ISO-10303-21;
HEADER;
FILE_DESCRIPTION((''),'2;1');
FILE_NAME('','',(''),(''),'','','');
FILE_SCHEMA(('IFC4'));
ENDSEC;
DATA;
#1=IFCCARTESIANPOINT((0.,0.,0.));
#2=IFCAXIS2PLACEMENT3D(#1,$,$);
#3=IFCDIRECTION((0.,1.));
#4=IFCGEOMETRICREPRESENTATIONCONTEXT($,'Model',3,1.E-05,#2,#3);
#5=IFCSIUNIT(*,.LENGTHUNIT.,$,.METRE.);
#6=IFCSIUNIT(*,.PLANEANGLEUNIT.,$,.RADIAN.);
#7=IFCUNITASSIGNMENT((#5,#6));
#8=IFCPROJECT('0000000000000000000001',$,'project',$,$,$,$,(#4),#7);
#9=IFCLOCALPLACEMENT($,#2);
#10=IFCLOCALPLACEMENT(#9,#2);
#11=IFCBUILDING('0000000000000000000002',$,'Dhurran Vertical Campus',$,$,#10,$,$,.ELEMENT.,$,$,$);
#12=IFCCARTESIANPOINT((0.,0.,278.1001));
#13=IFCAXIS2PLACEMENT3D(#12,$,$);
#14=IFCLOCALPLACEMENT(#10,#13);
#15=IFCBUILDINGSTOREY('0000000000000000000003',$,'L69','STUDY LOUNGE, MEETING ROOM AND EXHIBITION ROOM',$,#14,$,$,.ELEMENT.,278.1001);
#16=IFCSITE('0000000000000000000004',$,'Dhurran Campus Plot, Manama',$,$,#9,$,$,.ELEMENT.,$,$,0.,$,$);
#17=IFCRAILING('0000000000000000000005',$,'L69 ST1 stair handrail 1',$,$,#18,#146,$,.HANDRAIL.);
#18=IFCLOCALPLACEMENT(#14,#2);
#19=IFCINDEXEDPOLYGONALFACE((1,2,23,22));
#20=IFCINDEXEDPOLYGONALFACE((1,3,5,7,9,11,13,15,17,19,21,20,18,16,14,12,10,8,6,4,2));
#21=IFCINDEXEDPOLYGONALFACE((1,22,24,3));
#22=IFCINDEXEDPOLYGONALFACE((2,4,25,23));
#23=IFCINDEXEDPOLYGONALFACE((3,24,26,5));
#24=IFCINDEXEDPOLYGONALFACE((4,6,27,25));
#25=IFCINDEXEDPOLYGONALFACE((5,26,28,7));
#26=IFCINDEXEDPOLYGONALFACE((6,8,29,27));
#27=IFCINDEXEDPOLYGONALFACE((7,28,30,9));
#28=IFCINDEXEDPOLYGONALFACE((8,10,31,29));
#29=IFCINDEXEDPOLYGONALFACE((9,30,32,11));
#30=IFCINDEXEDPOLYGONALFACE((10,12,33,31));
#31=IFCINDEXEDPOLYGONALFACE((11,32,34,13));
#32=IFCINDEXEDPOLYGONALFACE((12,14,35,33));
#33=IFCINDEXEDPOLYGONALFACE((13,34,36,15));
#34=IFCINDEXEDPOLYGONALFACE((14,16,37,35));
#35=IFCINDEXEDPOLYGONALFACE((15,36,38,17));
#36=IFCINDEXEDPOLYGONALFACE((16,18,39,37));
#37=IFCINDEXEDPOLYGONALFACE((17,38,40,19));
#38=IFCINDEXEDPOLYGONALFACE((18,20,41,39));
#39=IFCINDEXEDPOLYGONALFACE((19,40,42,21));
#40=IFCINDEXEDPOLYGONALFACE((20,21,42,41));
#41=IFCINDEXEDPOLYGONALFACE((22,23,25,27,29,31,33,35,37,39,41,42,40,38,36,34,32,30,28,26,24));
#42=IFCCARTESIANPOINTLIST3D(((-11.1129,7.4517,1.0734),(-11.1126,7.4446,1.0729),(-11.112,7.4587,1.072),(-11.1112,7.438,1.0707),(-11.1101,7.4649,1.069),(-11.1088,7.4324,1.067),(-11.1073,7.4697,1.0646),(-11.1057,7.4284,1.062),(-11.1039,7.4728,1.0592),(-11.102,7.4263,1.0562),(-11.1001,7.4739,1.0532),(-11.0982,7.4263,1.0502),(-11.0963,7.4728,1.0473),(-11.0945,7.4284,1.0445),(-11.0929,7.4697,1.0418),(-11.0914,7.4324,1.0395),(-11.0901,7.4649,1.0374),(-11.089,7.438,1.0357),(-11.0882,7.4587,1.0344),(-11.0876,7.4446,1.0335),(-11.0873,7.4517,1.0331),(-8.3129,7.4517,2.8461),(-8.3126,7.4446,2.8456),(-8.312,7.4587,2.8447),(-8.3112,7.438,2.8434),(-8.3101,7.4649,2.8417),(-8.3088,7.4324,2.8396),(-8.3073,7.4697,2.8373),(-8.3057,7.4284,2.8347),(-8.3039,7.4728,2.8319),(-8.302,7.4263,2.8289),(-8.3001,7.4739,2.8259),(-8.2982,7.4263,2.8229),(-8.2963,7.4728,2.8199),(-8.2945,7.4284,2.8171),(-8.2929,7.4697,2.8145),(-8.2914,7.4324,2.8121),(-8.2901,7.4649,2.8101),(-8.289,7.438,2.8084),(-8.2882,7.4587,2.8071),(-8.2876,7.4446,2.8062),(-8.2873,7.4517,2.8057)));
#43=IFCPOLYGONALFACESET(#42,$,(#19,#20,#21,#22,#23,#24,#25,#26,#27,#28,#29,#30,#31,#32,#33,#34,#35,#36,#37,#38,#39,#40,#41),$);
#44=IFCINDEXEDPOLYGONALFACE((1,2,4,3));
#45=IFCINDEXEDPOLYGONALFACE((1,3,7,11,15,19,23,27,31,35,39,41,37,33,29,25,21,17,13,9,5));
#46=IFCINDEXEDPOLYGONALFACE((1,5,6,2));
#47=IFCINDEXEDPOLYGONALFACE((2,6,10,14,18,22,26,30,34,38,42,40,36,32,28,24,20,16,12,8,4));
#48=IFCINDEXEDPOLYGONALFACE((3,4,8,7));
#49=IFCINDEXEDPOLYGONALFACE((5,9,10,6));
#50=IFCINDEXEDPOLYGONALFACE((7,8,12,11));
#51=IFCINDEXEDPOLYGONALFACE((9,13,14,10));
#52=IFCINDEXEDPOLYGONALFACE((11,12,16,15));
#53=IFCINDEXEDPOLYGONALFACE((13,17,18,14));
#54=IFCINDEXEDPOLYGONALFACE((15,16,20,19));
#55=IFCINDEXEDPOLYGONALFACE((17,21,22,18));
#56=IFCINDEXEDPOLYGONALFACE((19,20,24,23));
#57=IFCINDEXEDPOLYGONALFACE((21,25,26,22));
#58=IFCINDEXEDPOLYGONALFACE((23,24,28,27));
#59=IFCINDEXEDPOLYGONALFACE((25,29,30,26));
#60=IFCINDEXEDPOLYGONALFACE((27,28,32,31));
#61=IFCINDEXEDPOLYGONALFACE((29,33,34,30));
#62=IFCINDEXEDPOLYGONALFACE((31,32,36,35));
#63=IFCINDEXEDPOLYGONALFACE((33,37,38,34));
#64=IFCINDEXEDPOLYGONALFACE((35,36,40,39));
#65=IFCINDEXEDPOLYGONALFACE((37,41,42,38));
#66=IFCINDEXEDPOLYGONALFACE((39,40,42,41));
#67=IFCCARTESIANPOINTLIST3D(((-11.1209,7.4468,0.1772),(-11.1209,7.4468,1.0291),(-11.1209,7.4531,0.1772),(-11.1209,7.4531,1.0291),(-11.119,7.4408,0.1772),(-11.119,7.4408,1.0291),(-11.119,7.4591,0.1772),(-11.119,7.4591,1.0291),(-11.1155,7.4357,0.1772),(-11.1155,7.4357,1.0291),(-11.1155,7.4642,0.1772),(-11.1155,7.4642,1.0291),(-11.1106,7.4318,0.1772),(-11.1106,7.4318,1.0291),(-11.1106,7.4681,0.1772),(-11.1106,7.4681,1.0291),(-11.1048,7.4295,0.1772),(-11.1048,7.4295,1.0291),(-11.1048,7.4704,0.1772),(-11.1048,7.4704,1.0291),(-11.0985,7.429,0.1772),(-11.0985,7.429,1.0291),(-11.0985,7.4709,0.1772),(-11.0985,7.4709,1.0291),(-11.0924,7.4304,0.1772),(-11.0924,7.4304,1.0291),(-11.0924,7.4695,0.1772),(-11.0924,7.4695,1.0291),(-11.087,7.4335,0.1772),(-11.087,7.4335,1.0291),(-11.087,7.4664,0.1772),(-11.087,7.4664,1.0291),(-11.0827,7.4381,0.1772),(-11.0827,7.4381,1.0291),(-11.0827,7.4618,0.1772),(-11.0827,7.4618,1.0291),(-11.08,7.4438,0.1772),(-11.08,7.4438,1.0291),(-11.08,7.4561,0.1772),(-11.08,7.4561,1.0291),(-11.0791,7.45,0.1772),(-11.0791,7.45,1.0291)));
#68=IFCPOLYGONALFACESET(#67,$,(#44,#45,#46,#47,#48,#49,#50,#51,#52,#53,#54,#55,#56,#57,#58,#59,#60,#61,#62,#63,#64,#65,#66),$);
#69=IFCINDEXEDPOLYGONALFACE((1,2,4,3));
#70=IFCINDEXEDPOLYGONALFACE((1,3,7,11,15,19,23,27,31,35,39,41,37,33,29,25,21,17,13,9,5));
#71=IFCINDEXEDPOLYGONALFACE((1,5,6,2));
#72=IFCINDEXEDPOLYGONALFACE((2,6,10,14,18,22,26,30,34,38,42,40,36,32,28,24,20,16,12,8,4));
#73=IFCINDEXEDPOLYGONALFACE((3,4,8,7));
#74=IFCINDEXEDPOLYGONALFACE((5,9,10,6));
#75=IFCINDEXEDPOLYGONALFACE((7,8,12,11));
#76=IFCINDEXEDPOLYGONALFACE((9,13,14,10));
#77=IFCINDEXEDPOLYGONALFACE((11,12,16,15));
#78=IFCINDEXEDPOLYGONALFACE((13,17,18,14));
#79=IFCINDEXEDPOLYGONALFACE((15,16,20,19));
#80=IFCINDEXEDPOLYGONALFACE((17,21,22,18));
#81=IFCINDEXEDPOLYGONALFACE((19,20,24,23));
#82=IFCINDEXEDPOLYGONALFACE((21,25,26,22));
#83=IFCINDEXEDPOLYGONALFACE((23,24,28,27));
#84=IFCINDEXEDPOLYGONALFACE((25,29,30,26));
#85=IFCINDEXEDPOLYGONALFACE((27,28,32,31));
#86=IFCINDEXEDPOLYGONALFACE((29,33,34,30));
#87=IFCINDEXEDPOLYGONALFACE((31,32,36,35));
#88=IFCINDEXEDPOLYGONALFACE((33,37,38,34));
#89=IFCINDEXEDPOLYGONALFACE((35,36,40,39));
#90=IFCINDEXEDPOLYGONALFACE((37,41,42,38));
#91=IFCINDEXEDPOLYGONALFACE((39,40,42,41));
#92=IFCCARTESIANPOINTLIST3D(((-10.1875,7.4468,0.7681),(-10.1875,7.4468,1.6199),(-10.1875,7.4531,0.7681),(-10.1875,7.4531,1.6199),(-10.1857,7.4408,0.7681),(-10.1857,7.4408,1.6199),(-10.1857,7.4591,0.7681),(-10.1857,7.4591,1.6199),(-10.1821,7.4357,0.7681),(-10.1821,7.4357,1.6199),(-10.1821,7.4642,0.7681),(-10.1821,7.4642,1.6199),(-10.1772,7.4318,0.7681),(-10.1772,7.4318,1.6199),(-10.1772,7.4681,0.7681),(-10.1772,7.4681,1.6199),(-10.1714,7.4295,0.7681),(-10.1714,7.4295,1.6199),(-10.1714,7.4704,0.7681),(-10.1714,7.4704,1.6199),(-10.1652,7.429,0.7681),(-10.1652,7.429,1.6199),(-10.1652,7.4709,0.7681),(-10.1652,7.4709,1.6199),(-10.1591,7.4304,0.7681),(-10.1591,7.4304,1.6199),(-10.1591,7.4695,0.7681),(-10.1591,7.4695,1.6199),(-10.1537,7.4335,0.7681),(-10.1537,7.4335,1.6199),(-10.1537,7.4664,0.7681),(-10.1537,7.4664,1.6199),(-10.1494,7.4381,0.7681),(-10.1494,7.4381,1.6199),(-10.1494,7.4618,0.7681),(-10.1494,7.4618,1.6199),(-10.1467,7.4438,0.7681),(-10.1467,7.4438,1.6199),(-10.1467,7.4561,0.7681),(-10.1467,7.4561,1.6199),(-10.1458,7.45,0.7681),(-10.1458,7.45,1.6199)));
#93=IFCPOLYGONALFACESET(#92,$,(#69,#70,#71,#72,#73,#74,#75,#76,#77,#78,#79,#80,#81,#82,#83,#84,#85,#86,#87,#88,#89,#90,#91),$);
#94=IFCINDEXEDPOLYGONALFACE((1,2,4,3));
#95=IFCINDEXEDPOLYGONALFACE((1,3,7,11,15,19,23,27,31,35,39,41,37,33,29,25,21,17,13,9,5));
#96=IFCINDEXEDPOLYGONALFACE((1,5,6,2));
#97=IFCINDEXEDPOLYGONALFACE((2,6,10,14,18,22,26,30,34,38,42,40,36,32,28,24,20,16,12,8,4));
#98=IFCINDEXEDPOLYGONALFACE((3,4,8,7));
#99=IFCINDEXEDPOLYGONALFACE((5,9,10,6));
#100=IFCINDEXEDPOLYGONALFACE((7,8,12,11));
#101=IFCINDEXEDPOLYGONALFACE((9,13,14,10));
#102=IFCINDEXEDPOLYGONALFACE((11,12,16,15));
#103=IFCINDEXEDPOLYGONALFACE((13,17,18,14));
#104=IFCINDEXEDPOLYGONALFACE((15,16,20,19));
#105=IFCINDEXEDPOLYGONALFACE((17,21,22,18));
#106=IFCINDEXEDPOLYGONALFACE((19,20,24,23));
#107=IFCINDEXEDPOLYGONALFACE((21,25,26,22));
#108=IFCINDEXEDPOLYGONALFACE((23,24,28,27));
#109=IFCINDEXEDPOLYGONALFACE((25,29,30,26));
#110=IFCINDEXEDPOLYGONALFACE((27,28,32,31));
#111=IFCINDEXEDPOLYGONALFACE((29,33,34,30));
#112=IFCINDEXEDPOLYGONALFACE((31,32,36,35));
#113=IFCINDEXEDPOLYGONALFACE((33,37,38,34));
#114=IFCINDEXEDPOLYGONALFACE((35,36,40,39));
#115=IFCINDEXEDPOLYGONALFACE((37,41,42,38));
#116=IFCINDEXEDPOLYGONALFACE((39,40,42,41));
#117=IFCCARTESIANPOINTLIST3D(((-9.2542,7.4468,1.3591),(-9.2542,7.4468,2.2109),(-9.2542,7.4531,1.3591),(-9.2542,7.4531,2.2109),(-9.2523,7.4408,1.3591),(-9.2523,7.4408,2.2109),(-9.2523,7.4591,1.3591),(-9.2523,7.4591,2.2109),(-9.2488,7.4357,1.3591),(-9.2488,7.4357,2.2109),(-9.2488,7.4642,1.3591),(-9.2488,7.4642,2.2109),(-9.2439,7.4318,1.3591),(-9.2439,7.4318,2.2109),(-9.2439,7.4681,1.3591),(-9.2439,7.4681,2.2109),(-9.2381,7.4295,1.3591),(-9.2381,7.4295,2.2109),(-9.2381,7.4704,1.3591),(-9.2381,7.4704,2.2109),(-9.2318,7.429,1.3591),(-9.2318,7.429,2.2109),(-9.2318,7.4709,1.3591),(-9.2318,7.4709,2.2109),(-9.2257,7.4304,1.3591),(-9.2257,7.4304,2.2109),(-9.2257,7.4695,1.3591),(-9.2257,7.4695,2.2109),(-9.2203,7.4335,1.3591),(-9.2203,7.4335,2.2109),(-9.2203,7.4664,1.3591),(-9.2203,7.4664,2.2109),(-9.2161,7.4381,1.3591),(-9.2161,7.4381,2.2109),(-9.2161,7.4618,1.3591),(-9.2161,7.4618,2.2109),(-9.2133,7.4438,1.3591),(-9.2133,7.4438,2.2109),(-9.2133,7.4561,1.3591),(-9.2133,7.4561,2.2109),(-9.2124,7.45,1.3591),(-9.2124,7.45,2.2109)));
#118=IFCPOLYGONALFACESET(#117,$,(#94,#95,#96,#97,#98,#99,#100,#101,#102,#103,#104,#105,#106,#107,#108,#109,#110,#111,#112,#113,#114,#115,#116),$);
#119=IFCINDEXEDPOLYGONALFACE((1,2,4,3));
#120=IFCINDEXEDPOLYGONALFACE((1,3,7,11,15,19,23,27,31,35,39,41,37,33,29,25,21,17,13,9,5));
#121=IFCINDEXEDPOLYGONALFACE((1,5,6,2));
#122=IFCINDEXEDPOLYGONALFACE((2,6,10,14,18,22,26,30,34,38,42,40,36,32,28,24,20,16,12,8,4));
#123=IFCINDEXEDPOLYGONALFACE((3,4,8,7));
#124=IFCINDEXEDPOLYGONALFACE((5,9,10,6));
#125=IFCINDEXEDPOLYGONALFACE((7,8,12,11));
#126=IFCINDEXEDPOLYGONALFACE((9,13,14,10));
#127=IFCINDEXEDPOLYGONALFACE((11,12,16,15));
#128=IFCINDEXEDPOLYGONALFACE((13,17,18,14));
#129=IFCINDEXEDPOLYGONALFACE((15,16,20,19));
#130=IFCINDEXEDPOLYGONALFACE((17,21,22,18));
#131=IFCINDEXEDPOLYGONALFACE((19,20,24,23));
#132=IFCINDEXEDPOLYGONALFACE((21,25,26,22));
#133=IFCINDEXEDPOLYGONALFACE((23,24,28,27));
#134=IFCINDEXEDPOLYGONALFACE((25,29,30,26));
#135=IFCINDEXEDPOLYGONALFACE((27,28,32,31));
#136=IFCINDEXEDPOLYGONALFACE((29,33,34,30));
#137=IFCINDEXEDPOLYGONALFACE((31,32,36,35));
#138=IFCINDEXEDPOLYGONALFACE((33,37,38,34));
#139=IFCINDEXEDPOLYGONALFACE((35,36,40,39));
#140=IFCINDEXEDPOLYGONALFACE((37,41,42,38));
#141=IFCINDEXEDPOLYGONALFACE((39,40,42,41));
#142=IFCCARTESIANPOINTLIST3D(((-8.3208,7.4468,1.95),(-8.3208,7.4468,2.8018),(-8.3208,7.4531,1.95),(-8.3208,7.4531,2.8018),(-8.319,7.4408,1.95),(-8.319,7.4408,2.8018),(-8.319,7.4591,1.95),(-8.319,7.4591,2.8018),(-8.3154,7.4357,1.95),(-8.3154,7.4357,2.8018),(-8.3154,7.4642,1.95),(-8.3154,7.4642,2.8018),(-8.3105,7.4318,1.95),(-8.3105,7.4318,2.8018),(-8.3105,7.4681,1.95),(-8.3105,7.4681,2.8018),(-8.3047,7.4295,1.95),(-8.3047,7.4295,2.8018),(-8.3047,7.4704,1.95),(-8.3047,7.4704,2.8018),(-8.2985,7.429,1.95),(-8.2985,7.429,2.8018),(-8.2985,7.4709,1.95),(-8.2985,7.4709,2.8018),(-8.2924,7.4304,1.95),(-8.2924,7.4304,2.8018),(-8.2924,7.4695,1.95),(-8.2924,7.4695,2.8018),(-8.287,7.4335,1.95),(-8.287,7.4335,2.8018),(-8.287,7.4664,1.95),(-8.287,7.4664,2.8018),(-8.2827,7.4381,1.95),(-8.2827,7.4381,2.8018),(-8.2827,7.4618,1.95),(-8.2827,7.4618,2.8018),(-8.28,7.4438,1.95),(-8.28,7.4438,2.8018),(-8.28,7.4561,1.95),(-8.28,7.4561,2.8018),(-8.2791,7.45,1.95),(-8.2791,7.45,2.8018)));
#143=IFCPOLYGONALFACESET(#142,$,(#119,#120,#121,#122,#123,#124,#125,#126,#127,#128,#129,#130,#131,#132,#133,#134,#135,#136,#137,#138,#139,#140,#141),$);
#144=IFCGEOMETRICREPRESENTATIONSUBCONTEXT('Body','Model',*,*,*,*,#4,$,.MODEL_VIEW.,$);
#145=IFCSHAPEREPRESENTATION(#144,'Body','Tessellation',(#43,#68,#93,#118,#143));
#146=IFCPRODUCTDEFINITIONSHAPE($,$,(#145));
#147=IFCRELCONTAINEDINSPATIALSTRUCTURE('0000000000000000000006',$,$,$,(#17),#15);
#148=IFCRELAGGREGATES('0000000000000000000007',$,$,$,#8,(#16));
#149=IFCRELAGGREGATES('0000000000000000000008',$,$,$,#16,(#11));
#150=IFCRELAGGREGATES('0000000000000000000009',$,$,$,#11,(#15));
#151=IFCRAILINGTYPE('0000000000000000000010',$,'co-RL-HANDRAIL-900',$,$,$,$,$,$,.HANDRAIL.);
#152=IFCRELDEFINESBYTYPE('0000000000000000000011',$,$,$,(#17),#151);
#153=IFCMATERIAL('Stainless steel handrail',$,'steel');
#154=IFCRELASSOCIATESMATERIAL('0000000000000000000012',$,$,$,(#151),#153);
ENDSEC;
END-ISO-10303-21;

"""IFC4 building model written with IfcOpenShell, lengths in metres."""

from ifc_helpers import new_model, si_unit, direction, frame, origin, origin_2d, place, context, subcontext, project, spatial, circle, extrude, material, type_object, element, save


model = new_model("IFC4")

# Units and contexts
model_context = context("Model", 3, precision=1e-05, world=origin(), true_north=direction((0.0, 1.0)))
body_context = subcontext(model_context, "Body", "Model", "MODEL_VIEW")
ifc_project = project(units=[si_unit("LENGTHUNIT", "METRE"), si_unit("PLANEANGLEUNIT", "RADIAN")], contexts=[model_context])

# Site, building, storey
site_placement = place(None, origin())
site = spatial("IfcSite", under=ifc_project, at=site_placement, Name="Dhurran Campus Plot, Manama", CompositionType="ELEMENT", RefElevation=0.0)
building_placement = place(site_placement, origin())
building = spatial("IfcBuilding", under=site, at=building_placement, Name="Dhurran Vertical Campus", CompositionType="ELEMENT")
storey_placement = place(building_placement, frame((0.0, 0.0, 278.1001)))
storey = spatial("IfcBuildingStorey", under=building, at=storey_placement, Name="L69", Description="STUDY LOUNGE, MEETING ROOM AND EXHIBITION ROOM", CompositionType="ELEMENT", Elevation=278.1001)

# Railing
ifc_material_1 = material(Name="Stainless steel handrail", Category="steel")
railing_type_1 = type_object("IfcRailingType", Name="co-RL-HANDRAIL-900", PredefinedType="HANDRAIL", material=ifc_material_1)
railing_1_placement = place(storey_placement, frame((-11.1001, 7.45, 0.1772)))
element("IfcRailing", 1, at=railing_1_placement, inside=storey, type_object=railing_type_1, Name="L69 ST1 stair handrail 1", PredefinedType="HANDRAIL", context=body_context, shape_type="SweptSolid", body=[
    extrude(circle(Radius=0.0239, at=origin_2d()), frame((0.0, 0.0, 0.876), z_axis=(0.844909, 0.0, 0.53491), x_axis=(0.0, 1.0, 0.0)), (0.0, 0.0, 1.0), 3.314),
    extrude(circle(Radius=0.021, at=origin_2d()), origin(), (0.0, 0.0, 1.0), 0.8518),
    extrude(circle(Radius=0.021, at=origin_2d()), frame((0.9333, 0.0, 0.5908)), (0.0, 0.0, 1.0), 0.8518),
    extrude(circle(Radius=0.021, at=origin_2d()), frame((1.8667, 0.0, 1.1819)), (0.0, 0.0, 1.0), 0.8518),
    extrude(circle(Radius=0.021, at=origin_2d()), frame((2.8, 0.0, 1.7727)), (0.0, 0.0, 1.0), 0.8518),
])

save(model, "model.ifc")
